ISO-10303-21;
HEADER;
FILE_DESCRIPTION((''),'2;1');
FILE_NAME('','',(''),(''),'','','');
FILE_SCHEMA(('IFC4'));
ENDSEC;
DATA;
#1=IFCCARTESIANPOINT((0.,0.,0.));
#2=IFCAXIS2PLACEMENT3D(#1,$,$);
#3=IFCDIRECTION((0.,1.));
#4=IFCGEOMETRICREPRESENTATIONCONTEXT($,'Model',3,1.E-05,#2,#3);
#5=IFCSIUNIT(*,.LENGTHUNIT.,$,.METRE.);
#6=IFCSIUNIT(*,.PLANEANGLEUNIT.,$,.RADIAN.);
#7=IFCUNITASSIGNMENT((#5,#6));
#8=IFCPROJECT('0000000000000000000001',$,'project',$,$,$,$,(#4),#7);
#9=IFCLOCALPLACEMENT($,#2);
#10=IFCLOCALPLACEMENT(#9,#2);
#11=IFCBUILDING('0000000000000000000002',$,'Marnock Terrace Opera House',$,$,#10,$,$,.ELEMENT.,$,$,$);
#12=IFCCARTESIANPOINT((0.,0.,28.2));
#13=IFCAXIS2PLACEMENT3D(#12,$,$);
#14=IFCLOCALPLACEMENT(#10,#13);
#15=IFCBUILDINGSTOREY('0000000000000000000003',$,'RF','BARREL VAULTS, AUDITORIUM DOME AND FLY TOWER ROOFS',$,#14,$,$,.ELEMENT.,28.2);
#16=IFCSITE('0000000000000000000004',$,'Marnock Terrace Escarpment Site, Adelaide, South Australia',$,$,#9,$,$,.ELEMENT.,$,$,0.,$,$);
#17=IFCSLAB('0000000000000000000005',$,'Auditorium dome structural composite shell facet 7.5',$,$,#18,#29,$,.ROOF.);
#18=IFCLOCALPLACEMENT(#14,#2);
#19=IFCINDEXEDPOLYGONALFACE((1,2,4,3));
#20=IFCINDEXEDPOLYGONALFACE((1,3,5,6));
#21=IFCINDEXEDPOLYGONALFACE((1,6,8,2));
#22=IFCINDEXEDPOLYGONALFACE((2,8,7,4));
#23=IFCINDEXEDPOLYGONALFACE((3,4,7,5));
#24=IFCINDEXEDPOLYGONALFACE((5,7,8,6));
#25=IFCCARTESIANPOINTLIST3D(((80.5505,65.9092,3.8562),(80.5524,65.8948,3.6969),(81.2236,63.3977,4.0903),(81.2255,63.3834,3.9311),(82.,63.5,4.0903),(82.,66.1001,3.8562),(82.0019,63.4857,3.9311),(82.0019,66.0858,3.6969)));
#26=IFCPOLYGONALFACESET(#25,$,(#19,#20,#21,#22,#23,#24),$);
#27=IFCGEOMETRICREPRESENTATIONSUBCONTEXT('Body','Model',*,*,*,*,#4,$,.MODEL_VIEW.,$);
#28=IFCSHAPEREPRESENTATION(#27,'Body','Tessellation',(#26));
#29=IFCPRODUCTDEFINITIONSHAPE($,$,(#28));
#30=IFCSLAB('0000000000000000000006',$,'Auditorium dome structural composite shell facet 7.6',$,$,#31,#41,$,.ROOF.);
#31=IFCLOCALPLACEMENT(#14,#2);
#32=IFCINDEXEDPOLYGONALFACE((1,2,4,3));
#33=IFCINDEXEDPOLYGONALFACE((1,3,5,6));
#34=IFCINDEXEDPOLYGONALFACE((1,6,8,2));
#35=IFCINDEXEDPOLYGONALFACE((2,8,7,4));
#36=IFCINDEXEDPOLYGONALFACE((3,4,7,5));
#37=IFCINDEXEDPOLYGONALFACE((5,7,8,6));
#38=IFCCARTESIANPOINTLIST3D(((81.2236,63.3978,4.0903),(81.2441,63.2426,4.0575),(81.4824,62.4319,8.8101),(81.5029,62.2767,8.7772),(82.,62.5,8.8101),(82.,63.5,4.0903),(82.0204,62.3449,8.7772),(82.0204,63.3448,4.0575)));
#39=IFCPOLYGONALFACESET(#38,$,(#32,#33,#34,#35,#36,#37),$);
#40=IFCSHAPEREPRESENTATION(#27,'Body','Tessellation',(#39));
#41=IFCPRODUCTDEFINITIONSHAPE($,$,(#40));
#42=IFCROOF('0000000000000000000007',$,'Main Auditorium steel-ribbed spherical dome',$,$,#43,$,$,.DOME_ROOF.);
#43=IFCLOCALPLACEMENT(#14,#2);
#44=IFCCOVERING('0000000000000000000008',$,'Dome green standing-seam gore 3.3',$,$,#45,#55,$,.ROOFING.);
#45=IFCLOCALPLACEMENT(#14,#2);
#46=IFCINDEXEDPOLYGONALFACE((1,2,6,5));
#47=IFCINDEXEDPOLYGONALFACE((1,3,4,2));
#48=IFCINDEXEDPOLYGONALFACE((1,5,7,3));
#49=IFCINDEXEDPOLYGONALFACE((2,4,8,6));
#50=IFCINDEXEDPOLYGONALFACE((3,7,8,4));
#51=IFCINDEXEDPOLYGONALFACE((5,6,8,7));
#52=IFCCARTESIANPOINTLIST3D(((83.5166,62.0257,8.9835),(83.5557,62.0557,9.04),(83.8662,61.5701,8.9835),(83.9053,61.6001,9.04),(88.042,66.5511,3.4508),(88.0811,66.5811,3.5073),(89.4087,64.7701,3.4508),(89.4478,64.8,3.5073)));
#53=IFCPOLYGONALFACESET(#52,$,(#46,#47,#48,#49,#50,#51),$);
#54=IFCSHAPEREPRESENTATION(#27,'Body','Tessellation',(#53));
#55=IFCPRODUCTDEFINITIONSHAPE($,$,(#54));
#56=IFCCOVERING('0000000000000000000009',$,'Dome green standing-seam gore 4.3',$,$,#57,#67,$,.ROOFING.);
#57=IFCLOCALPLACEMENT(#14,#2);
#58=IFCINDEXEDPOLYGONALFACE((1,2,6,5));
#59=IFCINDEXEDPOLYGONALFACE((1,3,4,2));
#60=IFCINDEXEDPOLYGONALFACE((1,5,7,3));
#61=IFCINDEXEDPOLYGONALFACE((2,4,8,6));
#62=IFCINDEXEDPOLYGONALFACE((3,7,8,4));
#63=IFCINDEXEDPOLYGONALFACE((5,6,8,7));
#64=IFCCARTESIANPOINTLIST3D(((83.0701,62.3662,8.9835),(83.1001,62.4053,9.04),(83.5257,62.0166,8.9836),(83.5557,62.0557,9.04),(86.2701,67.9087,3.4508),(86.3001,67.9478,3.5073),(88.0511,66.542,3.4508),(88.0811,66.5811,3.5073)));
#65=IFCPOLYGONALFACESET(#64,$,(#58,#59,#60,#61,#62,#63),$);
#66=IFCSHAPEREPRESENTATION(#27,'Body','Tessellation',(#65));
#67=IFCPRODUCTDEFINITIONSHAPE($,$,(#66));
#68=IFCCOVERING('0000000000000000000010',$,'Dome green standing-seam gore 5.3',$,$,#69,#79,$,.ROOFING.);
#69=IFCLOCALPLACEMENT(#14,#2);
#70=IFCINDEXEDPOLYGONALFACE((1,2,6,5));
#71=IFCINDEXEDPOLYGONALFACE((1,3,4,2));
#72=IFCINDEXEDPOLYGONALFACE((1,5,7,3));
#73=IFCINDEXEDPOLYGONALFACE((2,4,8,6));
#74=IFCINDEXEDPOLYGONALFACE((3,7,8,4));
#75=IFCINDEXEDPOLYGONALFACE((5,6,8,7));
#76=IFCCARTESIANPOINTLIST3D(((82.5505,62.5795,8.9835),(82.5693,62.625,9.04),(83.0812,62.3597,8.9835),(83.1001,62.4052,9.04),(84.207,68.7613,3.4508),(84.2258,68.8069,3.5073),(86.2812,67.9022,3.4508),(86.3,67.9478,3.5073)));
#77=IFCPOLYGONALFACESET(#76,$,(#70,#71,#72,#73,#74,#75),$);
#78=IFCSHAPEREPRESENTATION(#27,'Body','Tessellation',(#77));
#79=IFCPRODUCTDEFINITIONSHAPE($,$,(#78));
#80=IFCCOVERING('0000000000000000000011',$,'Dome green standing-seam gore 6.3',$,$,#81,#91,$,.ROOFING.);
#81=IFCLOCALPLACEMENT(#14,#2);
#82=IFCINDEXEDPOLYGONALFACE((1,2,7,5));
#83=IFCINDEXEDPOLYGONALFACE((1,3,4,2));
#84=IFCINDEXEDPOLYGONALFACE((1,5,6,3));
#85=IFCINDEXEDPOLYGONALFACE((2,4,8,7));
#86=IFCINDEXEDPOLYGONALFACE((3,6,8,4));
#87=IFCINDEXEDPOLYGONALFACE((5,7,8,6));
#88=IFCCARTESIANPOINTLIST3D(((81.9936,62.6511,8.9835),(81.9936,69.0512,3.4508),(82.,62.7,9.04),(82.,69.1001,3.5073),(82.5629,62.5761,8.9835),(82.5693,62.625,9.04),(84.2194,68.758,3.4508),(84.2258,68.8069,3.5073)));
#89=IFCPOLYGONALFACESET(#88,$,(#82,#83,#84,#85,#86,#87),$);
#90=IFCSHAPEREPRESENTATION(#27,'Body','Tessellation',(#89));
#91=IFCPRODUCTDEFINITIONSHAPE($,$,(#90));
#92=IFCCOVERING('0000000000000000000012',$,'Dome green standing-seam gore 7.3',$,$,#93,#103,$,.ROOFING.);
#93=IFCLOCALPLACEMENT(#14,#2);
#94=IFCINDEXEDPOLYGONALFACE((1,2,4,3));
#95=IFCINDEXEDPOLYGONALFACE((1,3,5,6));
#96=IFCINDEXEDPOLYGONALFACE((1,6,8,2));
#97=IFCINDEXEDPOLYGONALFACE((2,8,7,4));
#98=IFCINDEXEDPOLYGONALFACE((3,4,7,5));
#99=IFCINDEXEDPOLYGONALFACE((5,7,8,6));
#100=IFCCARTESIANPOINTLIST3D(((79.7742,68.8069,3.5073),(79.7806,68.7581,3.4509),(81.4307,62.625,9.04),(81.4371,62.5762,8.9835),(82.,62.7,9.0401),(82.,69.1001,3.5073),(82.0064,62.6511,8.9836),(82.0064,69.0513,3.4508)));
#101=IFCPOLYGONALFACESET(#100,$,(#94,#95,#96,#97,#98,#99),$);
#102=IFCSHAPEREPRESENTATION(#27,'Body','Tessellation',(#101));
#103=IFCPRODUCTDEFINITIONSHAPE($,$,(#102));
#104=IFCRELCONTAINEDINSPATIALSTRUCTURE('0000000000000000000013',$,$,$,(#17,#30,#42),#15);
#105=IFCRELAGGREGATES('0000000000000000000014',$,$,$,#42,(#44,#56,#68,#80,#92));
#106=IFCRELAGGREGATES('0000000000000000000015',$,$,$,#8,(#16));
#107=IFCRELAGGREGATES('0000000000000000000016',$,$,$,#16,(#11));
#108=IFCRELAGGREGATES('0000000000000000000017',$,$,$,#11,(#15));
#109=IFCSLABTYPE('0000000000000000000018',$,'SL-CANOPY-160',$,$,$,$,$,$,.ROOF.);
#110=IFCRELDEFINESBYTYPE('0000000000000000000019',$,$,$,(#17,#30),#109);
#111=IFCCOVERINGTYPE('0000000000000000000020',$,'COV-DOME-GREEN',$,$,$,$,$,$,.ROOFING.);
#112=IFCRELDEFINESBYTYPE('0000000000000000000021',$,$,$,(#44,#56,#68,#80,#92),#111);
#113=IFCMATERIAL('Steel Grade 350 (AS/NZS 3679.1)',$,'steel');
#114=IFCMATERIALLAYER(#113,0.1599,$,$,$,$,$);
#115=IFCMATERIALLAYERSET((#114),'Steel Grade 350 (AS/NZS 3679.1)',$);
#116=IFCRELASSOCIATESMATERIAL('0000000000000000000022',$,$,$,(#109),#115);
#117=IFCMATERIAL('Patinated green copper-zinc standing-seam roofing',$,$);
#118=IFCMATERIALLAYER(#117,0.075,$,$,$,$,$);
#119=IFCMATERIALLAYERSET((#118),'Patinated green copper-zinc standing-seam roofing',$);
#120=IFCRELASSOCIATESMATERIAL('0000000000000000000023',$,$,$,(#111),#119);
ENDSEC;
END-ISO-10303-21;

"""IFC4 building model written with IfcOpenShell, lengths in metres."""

from ifc_helpers import new_model, si_unit, direction, frame, origin, place, context, subcontext, project, spatial, polyline, outline, extrude, material, layer, layer_set, type_object, element, aggregate, save


model = new_model("IFC4")

# Units and contexts
model_context = context("Model", 3, precision=1e-05, world=origin(), true_north=direction((0.0, 1.0)))
body_context = subcontext(model_context, "Body", "Model", "MODEL_VIEW")
ifc_project = project(units=[si_unit("LENGTHUNIT", "METRE"), si_unit("PLANEANGLEUNIT", "RADIAN")], contexts=[model_context])

# Site, building, storey
site_placement = place(None, origin())
site = spatial("IfcSite", under=ifc_project, at=site_placement, Name="Marnock Terrace Escarpment Site, Adelaide, South Australia", CompositionType="ELEMENT", RefElevation=0.0)
building_placement = place(site_placement, origin())
building = spatial("IfcBuilding", under=site, at=building_placement, Name="Marnock Terrace Opera House", CompositionType="ELEMENT")
storey_placement = place(building_placement, frame((0.0, 0.0, 28.2)))
storey = spatial("IfcBuildingStorey", under=building, at=storey_placement, Name="RF", Description="BARREL VAULTS, AUDITORIUM DOME AND FLY TOWER ROOFS", CompositionType="ELEMENT", Elevation=28.2)

# Slabs
ifc_material_1 = material(Name="Steel Grade 350 (AS/NZS 3679.1)", Category="steel")
ifc_layer_1 = layer(ifc_material_1, 0.1599)
ifc_layer_set_1 = layer_set([ifc_layer_1], Name="Steel Grade 350 (AS/NZS 3679.1)")
slab_type = type_object("IfcSlabType", Name="SL-CANOPY-160", PredefinedType="ROOF", material=ifc_layer_set_1)
slab_1_placement = place(storey_placement, frame((82.0, 66.1001, 3.8562), z_axis=(-0.011813, 0.089677, 0.995901), x_axis=(-0.991437, -0.130589, -0.000001)))
element("IfcSlab", 1, at=slab_1_placement, inside=storey, type_object=slab_type, Name="Auditorium dome structural composite shell facet 7.5", PredefinedType="ROOF", context=body_context, shape_type="SweptSolid", body=[
    extrude(outline(polyline([(0.0, 0.0), (1.462, 0.0), (1.1226, 2.5885), (0.3395, 2.5884), (0.0, 0.0)])), origin(), (0.0, 0.0, -1.0), 0.1599),
])
slab_2_placement = place(storey_placement, frame((82.0, 63.5, 4.0903), z_axis=(-0.127782, 0.970265, 0.205566), x_axis=(-0.991439, -0.130573, 0.000012)))
element("IfcSlab", 2, at=slab_2_placement, inside=storey, type_object=slab_type, Name="Auditorium dome structural composite shell facet 7.6", PredefinedType="ROOF", context=body_context, shape_type="SweptSolid", body=[
    extrude(outline(polyline([(0.0, 0.0), (0.7831, 0.0), (0.6527, 4.8227), (0.1306, 4.8227), (0.0, 0.0)])), origin(), (0.0, 0.0, -1.0), 0.1599),
])

# Roof, coverings
roof_placement = place(storey_placement, origin())
roof = element("IfcRoof", 3, at=roof_placement, inside=storey, Name="Main Auditorium steel-ribbed spherical dome", PredefinedType="DOME_ROOF")
ifc_material_2 = material(Name="Patinated green copper-zinc standing-seam roofing")
ifc_layer_2 = layer(ifc_material_2, 0.075)
ifc_layer_set_2 = layer_set([ifc_layer_2], Name="Patinated green copper-zinc standing-seam roofing")
covering_type = type_object("IfcCoveringType", Name="COV-DOME-GREEN", PredefinedType="ROOFING", material=ifc_layer_set_2)
covering_1_placement = place(storey_placement, frame((89.4478, 64.8, 3.5073), z_axis=(0.521383, 0.400101, 0.75371), x_axis=(-0.608787, 0.793334, -0.000003)))
covering_1 = element("IfcCovering", 4, at=covering_1_placement, type_object=covering_type, Name="Dome green standing-seam gore 3.3", PredefinedType="ROOFING", context=body_context, shape_type="SweptSolid", body=[
    extrude(outline(polyline([(0.0, 0.0), (2.245, 0.0), (1.4098, 8.4185), (0.8355, 8.4185), (0.0, 0.0)])), origin(), (0.0, 0.0, -1.0), 0.075),
])
covering_2_placement = place(storey_placement, frame((88.0811, 66.5811, 3.5073), z_axis=(0.400101, 0.521383, 0.75371), x_axis=(-0.793334, 0.608787, 0.000003)))
covering_2 = element("IfcCovering", 5, at=covering_2_placement, type_object=covering_type, Name="Dome green standing-seam gore 4.3", PredefinedType="ROOFING", context=body_context, shape_type="SweptSolid", body=[
    extrude(outline(polyline([(0.0, 0.0), (2.245, 0.0), (1.4094, 8.4185), (0.8352, 8.4185), (0.0, 0.0)])), origin(), (0.0, 0.0, -1.0), 0.075),
])
covering_3_placement = place(storey_placement, frame((86.3, 67.9478, 3.5073), z_axis=(0.251469, 0.60719, 0.753713), x_axis=(-0.923892, 0.382654, -0.000018)))
covering_3 = element("IfcCovering", 6, at=covering_3_placement, type_object=covering_type, Name="Dome green standing-seam gore 5.3", PredefinedType="ROOFING", context=body_context, shape_type="SweptSolid", body=[
    extrude(outline(polyline([(0.0, 0.0), (2.2451, 0.0), (1.4099, 8.4186), (0.8355, 8.4185), (0.0, 0.0)])), origin(), (0.0, 0.0, -1.0), 0.075),
])
covering_4_placement = place(storey_placement, frame((84.2258, 68.8069, 3.5073), z_axis=(0.085821, 0.651569, 0.753719), x_axis=(-0.991436, 0.130596, -0.000008)))
covering_4 = element("IfcCovering", 7, at=covering_4_placement, type_object=covering_type, Name="Dome green standing-seam gore 6.3", PredefinedType="ROOFING", context=body_context, shape_type="SweptSolid", body=[
    extrude(outline(polyline([(0.0, 0.0), (2.2451, 0.0), (1.4092, 8.4187), (0.8349, 8.4186), (0.0, 0.0)])), origin(), (0.0, 0.0, -1.0), 0.075),
])
covering_5_placement = place(storey_placement, frame((82.0, 69.1001, 3.5073), z_axis=(-0.085821, 0.651569, 0.753719), x_axis=(-0.991436, -0.130596, 0.000008)))
covering_5 = element("IfcCovering", 8, at=covering_5_placement, type_object=covering_type, Name="Dome green standing-seam gore 7.3", PredefinedType="ROOFING", context=body_context, shape_type="SweptSolid", body=[
    extrude(outline(polyline([(0.0, 0.0), (2.2451, 0.0), (1.4101, 8.4186), (0.8359, 8.4187), (0.0, 0.0)])), origin(), (0.0, 0.0, -1.0), 0.075),
])
aggregate(roof, [covering_1, covering_2, covering_3, covering_4, covering_5])

save(model, "model.ifc")
